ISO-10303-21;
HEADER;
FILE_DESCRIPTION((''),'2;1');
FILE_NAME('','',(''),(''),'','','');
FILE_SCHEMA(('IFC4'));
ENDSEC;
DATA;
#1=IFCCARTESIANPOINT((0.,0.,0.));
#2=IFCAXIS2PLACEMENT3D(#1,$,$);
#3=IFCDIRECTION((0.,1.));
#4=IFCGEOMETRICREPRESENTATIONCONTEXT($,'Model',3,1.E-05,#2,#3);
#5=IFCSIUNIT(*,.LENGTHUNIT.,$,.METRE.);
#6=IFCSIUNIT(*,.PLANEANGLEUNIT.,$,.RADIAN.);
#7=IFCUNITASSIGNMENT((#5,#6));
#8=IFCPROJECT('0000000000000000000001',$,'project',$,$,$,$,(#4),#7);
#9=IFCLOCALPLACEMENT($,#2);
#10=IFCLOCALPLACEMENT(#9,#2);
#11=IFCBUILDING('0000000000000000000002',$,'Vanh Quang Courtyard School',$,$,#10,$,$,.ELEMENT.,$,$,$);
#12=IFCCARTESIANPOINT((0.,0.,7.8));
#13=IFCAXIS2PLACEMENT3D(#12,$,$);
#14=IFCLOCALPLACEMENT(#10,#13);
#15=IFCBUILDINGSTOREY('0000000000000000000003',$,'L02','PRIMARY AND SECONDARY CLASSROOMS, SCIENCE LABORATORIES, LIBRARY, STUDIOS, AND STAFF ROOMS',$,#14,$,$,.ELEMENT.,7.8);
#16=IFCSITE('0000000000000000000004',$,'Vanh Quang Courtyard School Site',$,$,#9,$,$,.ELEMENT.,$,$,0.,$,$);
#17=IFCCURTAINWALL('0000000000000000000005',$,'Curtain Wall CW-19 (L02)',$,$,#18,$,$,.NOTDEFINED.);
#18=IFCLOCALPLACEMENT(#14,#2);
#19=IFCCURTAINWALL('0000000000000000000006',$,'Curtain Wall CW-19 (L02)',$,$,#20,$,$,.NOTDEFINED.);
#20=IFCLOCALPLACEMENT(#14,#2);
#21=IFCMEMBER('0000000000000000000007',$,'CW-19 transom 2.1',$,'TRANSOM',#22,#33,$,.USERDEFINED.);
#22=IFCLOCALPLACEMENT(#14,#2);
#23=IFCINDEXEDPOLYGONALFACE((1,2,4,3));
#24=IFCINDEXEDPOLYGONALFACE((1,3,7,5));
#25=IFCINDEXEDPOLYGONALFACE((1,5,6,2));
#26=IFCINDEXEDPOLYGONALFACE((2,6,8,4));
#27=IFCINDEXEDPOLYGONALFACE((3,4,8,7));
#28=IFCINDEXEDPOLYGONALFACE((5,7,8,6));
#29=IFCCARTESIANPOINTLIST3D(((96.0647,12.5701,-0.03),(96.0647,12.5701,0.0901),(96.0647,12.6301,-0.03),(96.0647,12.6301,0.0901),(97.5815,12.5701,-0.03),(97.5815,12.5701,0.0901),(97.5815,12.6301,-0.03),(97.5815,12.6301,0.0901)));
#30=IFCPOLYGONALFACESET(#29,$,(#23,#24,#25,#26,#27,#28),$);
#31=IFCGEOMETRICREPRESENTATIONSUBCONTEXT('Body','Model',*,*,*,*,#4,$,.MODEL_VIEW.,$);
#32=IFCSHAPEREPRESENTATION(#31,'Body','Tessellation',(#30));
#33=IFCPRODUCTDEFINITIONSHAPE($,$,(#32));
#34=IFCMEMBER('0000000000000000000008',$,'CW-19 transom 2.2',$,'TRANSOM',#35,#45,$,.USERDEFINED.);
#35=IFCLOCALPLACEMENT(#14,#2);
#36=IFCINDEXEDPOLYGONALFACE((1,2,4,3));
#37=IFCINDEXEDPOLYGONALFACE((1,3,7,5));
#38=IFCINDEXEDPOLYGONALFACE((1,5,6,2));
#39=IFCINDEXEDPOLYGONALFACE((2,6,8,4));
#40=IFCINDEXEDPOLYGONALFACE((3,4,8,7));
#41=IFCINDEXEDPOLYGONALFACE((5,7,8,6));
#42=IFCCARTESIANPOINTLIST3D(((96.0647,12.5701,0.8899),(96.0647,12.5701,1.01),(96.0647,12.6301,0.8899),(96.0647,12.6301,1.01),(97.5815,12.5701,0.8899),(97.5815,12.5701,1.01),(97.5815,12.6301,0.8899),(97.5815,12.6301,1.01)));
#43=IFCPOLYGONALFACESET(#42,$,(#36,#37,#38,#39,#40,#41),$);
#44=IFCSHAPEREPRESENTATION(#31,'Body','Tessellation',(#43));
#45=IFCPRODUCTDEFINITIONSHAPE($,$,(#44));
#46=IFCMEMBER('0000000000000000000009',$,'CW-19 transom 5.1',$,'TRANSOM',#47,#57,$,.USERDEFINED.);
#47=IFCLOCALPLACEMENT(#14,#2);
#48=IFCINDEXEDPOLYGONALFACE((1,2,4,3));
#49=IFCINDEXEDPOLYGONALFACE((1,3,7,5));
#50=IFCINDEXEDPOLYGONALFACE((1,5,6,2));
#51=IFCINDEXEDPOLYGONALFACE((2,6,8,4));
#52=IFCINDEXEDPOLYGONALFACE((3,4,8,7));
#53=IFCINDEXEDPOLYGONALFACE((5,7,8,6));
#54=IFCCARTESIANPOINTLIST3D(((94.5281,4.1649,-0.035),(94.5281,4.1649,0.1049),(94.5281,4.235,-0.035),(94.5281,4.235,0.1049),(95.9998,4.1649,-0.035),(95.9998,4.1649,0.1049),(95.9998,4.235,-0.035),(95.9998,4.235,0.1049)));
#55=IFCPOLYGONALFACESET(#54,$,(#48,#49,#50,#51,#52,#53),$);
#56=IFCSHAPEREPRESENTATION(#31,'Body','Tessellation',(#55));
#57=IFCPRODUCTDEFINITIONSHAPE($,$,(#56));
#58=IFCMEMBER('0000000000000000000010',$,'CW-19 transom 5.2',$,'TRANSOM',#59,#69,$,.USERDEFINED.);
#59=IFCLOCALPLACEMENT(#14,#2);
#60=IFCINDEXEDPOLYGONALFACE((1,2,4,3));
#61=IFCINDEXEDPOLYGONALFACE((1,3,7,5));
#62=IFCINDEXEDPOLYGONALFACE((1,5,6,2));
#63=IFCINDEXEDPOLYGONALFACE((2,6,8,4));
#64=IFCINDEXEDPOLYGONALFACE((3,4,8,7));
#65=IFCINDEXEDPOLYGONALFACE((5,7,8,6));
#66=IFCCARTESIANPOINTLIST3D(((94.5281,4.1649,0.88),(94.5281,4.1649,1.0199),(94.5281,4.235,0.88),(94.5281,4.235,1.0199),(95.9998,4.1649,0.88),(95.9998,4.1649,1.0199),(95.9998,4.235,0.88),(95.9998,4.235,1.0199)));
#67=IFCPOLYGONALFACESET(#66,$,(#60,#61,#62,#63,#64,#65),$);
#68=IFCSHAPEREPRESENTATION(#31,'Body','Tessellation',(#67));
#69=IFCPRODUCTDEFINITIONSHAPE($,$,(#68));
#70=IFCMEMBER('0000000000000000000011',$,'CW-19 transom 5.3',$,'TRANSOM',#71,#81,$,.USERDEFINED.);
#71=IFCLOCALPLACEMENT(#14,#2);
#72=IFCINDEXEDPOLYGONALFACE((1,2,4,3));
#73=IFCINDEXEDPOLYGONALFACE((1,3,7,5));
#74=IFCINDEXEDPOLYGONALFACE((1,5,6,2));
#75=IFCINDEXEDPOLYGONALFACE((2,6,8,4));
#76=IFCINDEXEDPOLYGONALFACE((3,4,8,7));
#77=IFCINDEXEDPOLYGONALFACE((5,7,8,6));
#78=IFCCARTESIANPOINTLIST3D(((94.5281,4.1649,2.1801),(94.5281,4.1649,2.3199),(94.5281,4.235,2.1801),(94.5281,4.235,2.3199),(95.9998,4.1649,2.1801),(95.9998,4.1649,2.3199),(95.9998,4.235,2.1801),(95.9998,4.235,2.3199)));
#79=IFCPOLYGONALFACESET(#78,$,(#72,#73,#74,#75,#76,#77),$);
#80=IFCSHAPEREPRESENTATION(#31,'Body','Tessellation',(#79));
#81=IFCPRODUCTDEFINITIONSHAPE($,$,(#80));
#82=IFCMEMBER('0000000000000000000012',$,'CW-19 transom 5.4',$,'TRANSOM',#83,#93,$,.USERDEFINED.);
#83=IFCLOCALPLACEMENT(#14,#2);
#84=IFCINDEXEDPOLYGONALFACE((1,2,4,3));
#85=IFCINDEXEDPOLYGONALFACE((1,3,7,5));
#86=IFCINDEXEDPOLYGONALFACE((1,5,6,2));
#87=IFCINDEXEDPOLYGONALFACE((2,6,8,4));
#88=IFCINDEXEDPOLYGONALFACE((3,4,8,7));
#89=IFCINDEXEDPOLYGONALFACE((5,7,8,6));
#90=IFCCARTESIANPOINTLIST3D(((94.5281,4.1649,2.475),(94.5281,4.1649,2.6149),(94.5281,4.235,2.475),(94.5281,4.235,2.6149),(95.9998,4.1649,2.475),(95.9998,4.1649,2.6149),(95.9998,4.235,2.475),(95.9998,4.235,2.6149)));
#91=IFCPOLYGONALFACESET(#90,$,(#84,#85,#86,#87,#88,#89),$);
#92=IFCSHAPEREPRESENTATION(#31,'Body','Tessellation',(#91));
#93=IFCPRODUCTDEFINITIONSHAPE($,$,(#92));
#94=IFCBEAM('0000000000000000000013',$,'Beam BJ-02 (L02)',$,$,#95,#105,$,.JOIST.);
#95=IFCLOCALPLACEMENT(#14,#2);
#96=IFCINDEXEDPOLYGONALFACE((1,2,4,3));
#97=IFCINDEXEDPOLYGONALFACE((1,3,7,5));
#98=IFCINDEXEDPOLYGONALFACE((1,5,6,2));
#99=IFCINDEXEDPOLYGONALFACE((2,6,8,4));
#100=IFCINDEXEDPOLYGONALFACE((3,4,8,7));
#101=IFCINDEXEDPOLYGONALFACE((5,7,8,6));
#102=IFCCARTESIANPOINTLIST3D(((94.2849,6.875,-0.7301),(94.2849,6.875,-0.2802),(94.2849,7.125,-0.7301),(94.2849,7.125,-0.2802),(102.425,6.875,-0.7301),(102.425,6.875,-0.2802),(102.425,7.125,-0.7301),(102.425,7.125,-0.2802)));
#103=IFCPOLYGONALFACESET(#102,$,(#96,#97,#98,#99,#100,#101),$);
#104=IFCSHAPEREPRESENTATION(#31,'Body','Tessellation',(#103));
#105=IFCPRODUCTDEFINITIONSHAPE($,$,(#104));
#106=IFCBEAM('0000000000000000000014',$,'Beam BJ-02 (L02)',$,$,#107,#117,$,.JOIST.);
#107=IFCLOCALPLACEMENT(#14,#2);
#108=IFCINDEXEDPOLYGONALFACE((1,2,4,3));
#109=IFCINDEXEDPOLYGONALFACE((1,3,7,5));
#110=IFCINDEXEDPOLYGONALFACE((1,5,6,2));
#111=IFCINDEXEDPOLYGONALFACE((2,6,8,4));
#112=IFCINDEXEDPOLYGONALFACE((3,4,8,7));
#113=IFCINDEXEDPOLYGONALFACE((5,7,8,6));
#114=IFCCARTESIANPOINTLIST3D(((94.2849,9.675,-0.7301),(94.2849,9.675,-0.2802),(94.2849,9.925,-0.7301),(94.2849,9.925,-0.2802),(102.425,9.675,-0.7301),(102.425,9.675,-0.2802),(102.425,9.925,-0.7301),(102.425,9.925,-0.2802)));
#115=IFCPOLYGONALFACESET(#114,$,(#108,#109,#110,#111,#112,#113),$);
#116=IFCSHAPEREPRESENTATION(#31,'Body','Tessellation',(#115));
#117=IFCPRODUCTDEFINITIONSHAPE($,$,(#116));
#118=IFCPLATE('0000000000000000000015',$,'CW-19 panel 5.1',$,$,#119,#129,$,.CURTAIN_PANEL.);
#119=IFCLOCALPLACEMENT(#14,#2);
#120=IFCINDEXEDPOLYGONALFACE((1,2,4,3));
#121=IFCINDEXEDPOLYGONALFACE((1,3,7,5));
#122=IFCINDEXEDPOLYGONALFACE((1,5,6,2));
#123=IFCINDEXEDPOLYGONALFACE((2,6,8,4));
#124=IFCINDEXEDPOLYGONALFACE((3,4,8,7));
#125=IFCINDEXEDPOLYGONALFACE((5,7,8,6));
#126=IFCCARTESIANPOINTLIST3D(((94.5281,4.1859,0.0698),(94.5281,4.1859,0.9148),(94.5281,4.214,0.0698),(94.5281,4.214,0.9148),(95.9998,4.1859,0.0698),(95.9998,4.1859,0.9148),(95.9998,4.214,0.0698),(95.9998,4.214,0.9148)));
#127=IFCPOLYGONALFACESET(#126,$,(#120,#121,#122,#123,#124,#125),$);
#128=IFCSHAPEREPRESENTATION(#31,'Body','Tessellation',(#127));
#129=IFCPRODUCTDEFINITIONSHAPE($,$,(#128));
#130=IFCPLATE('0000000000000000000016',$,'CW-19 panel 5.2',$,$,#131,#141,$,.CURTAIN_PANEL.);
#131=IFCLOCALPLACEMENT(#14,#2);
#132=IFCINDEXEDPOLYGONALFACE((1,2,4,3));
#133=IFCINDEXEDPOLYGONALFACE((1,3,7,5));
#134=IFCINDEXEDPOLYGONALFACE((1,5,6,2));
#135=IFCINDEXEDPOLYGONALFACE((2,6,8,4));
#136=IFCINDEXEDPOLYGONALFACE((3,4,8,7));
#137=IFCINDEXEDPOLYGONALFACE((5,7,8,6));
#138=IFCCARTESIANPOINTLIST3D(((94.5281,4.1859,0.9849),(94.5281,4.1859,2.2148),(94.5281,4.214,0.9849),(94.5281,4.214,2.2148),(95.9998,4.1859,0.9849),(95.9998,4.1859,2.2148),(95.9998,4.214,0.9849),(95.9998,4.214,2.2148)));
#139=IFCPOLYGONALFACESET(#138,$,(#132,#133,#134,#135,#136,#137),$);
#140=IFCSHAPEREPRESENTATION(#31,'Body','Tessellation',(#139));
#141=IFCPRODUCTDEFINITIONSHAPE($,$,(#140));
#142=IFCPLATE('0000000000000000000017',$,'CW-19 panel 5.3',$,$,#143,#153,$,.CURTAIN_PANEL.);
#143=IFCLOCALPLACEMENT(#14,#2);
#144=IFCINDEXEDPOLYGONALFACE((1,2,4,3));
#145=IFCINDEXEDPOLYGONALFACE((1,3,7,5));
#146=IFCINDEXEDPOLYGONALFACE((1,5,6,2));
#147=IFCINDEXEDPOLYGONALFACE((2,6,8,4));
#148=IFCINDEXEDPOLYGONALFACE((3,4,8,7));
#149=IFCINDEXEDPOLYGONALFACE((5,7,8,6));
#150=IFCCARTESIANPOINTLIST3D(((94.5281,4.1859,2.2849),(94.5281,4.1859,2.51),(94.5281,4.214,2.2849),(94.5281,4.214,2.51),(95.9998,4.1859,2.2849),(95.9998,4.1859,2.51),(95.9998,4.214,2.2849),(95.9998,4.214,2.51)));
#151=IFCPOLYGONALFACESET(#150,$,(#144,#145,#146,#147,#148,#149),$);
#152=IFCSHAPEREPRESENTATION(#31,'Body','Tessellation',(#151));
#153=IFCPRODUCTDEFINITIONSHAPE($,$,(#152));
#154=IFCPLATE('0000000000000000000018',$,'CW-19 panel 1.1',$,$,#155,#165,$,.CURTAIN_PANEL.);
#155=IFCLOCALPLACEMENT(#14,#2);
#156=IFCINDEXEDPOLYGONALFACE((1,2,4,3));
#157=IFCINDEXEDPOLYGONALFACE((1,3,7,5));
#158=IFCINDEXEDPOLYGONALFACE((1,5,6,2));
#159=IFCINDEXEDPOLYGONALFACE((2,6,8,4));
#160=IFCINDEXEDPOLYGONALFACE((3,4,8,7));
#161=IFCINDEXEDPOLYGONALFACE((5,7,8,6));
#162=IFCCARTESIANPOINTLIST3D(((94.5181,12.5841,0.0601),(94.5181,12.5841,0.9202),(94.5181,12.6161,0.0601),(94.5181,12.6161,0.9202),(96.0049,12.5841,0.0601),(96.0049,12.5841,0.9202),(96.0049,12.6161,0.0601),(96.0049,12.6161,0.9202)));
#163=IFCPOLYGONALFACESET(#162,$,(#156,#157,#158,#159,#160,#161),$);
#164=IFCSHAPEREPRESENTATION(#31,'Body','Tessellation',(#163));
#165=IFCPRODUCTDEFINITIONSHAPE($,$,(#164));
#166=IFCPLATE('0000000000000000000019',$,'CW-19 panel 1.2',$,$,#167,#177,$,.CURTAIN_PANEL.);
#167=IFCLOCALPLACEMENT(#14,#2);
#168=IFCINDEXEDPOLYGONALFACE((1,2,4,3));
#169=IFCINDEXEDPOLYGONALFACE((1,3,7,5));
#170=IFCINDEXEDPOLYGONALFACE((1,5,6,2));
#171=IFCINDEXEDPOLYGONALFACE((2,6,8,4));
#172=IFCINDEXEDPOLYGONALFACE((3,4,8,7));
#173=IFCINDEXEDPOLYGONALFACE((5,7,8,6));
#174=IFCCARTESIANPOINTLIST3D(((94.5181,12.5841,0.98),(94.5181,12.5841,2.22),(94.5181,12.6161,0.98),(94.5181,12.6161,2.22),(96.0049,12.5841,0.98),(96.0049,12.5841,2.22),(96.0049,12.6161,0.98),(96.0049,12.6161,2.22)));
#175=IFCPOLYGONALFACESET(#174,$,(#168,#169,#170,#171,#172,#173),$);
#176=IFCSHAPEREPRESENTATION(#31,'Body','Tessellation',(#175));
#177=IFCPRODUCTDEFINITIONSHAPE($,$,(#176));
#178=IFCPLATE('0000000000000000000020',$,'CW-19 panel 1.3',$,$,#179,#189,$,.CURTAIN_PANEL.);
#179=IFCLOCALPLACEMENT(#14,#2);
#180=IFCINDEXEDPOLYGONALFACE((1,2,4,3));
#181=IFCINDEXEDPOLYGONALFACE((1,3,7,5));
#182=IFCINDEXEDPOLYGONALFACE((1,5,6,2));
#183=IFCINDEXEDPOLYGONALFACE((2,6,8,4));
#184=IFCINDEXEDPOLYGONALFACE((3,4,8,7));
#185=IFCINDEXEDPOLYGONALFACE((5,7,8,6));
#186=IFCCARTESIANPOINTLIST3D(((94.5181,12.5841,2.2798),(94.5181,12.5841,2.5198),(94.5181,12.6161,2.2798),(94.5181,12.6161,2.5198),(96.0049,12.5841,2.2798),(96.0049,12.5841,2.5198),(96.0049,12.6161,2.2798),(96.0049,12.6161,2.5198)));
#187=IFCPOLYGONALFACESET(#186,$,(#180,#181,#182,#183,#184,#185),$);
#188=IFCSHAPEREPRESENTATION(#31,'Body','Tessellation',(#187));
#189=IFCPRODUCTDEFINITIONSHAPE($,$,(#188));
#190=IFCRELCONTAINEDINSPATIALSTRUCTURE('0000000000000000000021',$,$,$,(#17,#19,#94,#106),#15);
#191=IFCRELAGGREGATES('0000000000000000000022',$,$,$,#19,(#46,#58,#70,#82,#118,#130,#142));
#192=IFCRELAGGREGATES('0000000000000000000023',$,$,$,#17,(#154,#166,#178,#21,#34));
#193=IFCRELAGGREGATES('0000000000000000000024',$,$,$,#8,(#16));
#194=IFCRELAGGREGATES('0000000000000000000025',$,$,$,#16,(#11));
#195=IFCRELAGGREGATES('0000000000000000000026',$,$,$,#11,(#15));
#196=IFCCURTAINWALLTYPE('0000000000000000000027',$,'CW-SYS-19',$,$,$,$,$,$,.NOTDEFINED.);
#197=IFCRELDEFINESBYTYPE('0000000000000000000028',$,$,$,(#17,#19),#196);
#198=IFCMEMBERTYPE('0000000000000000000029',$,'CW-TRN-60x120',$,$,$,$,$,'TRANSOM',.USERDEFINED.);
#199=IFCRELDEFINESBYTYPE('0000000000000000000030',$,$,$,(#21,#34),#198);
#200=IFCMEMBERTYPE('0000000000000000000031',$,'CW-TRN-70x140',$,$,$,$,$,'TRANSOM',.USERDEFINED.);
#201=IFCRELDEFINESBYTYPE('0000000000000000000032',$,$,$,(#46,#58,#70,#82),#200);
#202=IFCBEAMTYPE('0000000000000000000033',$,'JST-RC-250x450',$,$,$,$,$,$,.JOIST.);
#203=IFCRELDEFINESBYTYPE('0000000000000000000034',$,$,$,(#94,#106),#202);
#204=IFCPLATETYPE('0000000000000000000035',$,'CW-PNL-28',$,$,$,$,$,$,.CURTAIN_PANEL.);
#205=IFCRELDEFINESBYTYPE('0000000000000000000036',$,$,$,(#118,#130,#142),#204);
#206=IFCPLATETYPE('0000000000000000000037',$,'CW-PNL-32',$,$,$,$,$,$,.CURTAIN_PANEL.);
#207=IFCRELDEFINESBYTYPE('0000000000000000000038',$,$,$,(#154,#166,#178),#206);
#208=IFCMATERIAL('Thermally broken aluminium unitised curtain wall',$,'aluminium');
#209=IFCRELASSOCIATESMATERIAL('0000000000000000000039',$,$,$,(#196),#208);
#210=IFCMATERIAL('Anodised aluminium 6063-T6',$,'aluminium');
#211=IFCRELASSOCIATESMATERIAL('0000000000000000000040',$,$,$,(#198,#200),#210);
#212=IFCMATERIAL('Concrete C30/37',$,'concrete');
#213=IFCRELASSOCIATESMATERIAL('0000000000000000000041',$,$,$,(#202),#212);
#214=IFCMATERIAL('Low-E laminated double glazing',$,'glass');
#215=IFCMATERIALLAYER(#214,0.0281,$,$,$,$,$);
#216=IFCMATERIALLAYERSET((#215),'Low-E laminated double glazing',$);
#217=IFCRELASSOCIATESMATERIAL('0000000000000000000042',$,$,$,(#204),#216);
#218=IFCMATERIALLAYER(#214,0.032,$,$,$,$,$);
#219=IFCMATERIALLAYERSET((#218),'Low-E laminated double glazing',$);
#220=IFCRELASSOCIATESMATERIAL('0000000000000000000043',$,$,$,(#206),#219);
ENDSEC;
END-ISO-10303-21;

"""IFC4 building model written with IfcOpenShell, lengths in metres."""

from ifc_helpers import new_model, si_unit, direction, frame, origin, origin_2d, place, context, subcontext, project, spatial, rectangle, extrude, material, layer, layer_set, material_profile, profile_set, type_object, element, aggregate, save


model = new_model("IFC4")

# Units and contexts
model_context = context("Model", 3, precision=1e-05, world=origin(), true_north=direction((0.0, 1.0)))
body_context = subcontext(model_context, "Body", "Model", "MODEL_VIEW")
ifc_project = project(units=[si_unit("LENGTHUNIT", "METRE"), si_unit("PLANEANGLEUNIT", "RADIAN")], contexts=[model_context])

# Site, building, storey
site_placement = place(None, origin())
site = spatial("IfcSite", under=ifc_project, at=site_placement, Name="Vanh Quang Courtyard School Site", CompositionType="ELEMENT", RefElevation=0.0)
building_placement = place(site_placement, origin())
building = spatial("IfcBuilding", under=site, at=building_placement, Name="Vanh Quang Courtyard School", CompositionType="ELEMENT")
storey_placement = place(building_placement, frame((0.0, 0.0, 7.8)))
storey = spatial("IfcBuildingStorey", under=building, at=storey_placement, Name="L02", Description="PRIMARY AND SECONDARY CLASSROOMS, SCIENCE LABORATORIES, LIBRARY, STUDIOS, AND STAFF ROOMS", CompositionType="ELEMENT", Elevation=7.8)

# Curtain walls
ifc_material_1 = material(Name="Thermally broken aluminium unitised curtain wall", Category="aluminium")
curtain_wall_type = type_object("IfcCurtainWallType", Name="CW-SYS-19", PredefinedType="NOTDEFINED", material=ifc_material_1)
curtain_wall_1_placement = place(storey_placement, origin())
curtain_wall_1 = element("IfcCurtainWall", 1, at=curtain_wall_1_placement, inside=storey, type_object=curtain_wall_type, Name="Curtain Wall CW-19 (L02)", PredefinedType="NOTDEFINED")
ifc_material_2 = material(Name="Anodised aluminium 6063-T6", Category="aluminium")
curtain_wall_2_placement = place(storey_placement, origin())
curtain_wall_2 = element("IfcCurtainWall", 2, at=curtain_wall_2_placement, inside=storey, type_object=curtain_wall_type, Name="Curtain Wall CW-19 (L02)", PredefinedType="NOTDEFINED")

# Members
ifc_material_profile_1 = material_profile(ifc_material_2, rectangle(XDim=0.0601, YDim=0.1201, at=origin_2d()), Name="ALU-TRN 60x120")
ifc_profile_set_1 = profile_set([ifc_material_profile_1], Name="Anodised aluminium 6063-T6")
member_type_1 = type_object("IfcMemberType", Name="CW-TRN-60x120", ElementType="TRANSOM", PredefinedType="USERDEFINED", material=ifc_profile_set_1)
member_1_placement = place(storey_placement, frame((96.0647, 12.6001, 0.03), z_axis=(1.0, 0.0, 0.0), x_axis=(0.0, 1.0, 0.0)))
member_1 = element("IfcMember", 3, at=member_1_placement, type_object=member_type_1, Name="CW-19 transom 2.1", ObjectType="TRANSOM", PredefinedType="USERDEFINED", context=body_context, shape_type="SweptSolid", body=[
    extrude(rectangle(XDim=0.0601, YDim=0.1201, at=origin_2d()), origin(), (0.0, 0.0, 1.0), 1.5168),
])
member_2_placement = place(storey_placement, frame((96.0647, 12.6001, 0.95), z_axis=(1.0, 0.0, 0.0), x_axis=(0.0, 1.0, 0.0)))
member_2 = element("IfcMember", 4, at=member_2_placement, type_object=member_type_1, Name="CW-19 transom 2.2", ObjectType="TRANSOM", PredefinedType="USERDEFINED", context=body_context, shape_type="SweptSolid", body=[
    extrude(rectangle(XDim=0.0601, YDim=0.1201, at=origin_2d()), origin(), (0.0, 0.0, 1.0), 1.5168),
])
ifc_material_profile_2 = material_profile(ifc_material_2, rectangle(XDim=0.0701, YDim=0.1399, at=origin_2d()), Name="ALU-TRN 70x140")
ifc_profile_set_2 = profile_set([ifc_material_profile_2], Name="Anodised aluminium 6063-T6")
member_type_2 = type_object("IfcMemberType", Name="CW-TRN-70x140", ElementType="TRANSOM", PredefinedType="USERDEFINED", material=ifc_profile_set_2)
member_3_placement = place(storey_placement, frame((95.9998, 4.2, 0.0349), z_axis=(-1.0, 0.0, 0.0), x_axis=(0.0, -1.0, 0.0)))
member_3 = element("IfcMember", 5, at=member_3_placement, type_object=member_type_2, Name="CW-19 transom 5.1", ObjectType="TRANSOM", PredefinedType="USERDEFINED", context=body_context, shape_type="SweptSolid", body=[
    extrude(rectangle(XDim=0.0701, YDim=0.1399, at=origin_2d()), origin(), (0.0, 0.0, 1.0), 1.4717),
])
member_4_placement = place(storey_placement, frame((95.9998, 4.2, 0.95), z_axis=(-1.0, 0.0, 0.0), x_axis=(0.0, -1.0, 0.0)))
member_4 = element("IfcMember", 6, at=member_4_placement, type_object=member_type_2, Name="CW-19 transom 5.2", ObjectType="TRANSOM", PredefinedType="USERDEFINED", context=body_context, shape_type="SweptSolid", body=[
    extrude(rectangle(XDim=0.0701, YDim=0.1399, at=origin_2d()), origin(), (0.0, 0.0, 1.0), 1.4717),
])
member_5_placement = place(storey_placement, frame((95.9998, 4.2, 2.25), z_axis=(-1.0, 0.0, 0.0), x_axis=(0.0, -1.0, 0.0)))
member_5 = element("IfcMember", 7, at=member_5_placement, type_object=member_type_2, Name="CW-19 transom 5.3", ObjectType="TRANSOM", PredefinedType="USERDEFINED", context=body_context, shape_type="SweptSolid", body=[
    extrude(rectangle(XDim=0.0701, YDim=0.1399, at=origin_2d()), origin(), (0.0, 0.0, 1.0), 1.4717),
])
member_6_placement = place(storey_placement, frame((95.9998, 4.2, 2.5449), z_axis=(-1.0, 0.0, 0.0), x_axis=(0.0, -1.0, 0.0)))
member_6 = element("IfcMember", 8, at=member_6_placement, type_object=member_type_2, Name="CW-19 transom 5.4", ObjectType="TRANSOM", PredefinedType="USERDEFINED", context=body_context, shape_type="SweptSolid", body=[
    extrude(rectangle(XDim=0.0701, YDim=0.1399, at=origin_2d()), origin(), (0.0, 0.0, 1.0), 1.4717),
])

# Beams
ifc_material_3 = material(Name="Concrete C30/37", Category="concrete")
ifc_material_profile_3 = material_profile(ifc_material_3, rectangle(XDim=0.25, YDim=0.45, at=origin_2d()), Name="RC-JST 250x450")
ifc_profile_set_3 = profile_set([ifc_material_profile_3], Name="Concrete C30/37")
beam_type_1 = type_object("IfcBeamType", Name="JST-RC-250x450", PredefinedType="JOIST", material=ifc_profile_set_3)
for number, where, z_axis, x_axis, name in (
    (9, (94.2849, 7.0, -0.5051), (1.0, 0.0, 0.0), (0.0, 1.0, 0.0), "Beam BJ-02 (L02)"),
    (10, (94.2849, 9.8, -0.5051), (1.0, 0.0, 0.0), (0.0, 1.0, 0.0), "Beam BJ-02 (L02)"),
):
    element("IfcBeam", number, at=place(storey_placement, frame(where, z_axis=z_axis, x_axis=x_axis)), inside=storey, type_object=beam_type_1, Name=name, PredefinedType="JOIST", context=body_context, shape_type="SweptSolid", body=[
        extrude(rectangle(XDim=0.25, YDim=0.45, at=origin_2d()), origin(), (0.0, 0.0, 1.0), 8.1401),
    ])

# Plates
ifc_material_4 = material(Name="Low-E laminated double glazing", Category="glass")
ifc_layer_1 = layer(ifc_material_4, 0.0281)
ifc_layer_set_1 = layer_set([ifc_layer_1], Name="Low-E laminated double glazing")
plate_type_1 = type_object("IfcPlateType", Name="CW-PNL-28", PredefinedType="CURTAIN_PANEL", material=ifc_layer_set_1)
plate_1_placement = place(storey_placement, frame((95.2639, 4.2, 0.0698), z_axis=(0.0, 0.0, 1.0), x_axis=(-1.0, 0.0, 0.0)))
plate_1 = element("IfcPlate", 11, at=plate_1_placement, type_object=plate_type_1, Name="CW-19 panel 5.1", PredefinedType="CURTAIN_PANEL", context=body_context, shape_type="SweptSolid", body=[
    extrude(rectangle(XDim=1.4717, YDim=0.0281, at=origin_2d()), origin(), (0.0, 0.0, 1.0), 0.845),
])
plate_2_placement = place(storey_placement, frame((95.2639, 4.2, 0.9849), z_axis=(0.0, 0.0, 1.0), x_axis=(-1.0, 0.0, 0.0)))
plate_2 = element("IfcPlate", 12, at=plate_2_placement, type_object=plate_type_1, Name="CW-19 panel 5.2", PredefinedType="CURTAIN_PANEL", context=body_context, shape_type="SweptSolid", body=[
    extrude(rectangle(XDim=1.4717, YDim=0.0281, at=origin_2d()), origin(), (0.0, 0.0, 1.0), 1.23),
])
plate_3_placement = place(storey_placement, frame((95.2639, 4.2, 2.2849), z_axis=(0.0, 0.0, 1.0), x_axis=(-1.0, 0.0, 0.0)))
plate_3 = element("IfcPlate", 13, at=plate_3_placement, type_object=plate_type_1, Name="CW-19 panel 5.3", PredefinedType="CURTAIN_PANEL", context=body_context, shape_type="SweptSolid", body=[
    extrude(rectangle(XDim=1.4717, YDim=0.0281, at=origin_2d()), origin(), (0.0, 0.0, 1.0), 0.2251),
])
aggregate(curtain_wall_2, [member_3, member_4, member_5, member_6, plate_1, plate_2, plate_3])
ifc_layer_2 = layer(ifc_material_4, 0.032)
ifc_layer_set_2 = layer_set([ifc_layer_2], Name="Low-E laminated double glazing")
plate_type_2 = type_object("IfcPlateType", Name="CW-PNL-32", PredefinedType="CURTAIN_PANEL", material=ifc_layer_set_2)
plate_4_placement = place(storey_placement, frame((95.2615, 12.6001, 0.0601), z_axis=(0.0, 0.0, 1.0), x_axis=(1.0, 0.0, 0.0)))
plate_4 = element("IfcPlate", 14, at=plate_4_placement, type_object=plate_type_2, Name="CW-19 panel 1.1", PredefinedType="CURTAIN_PANEL", context=body_context, shape_type="SweptSolid", body=[
    extrude(rectangle(XDim=1.4868, YDim=0.032, at=origin_2d()), origin(), (0.0, 0.0, 1.0), 0.8601),
])
plate_5_placement = place(storey_placement, frame((95.2615, 12.6001, 0.98), z_axis=(0.0, 0.0, 1.0), x_axis=(1.0, 0.0, 0.0)))
plate_5 = element("IfcPlate", 15, at=plate_5_placement, type_object=plate_type_2, Name="CW-19 panel 1.2", PredefinedType="CURTAIN_PANEL", context=body_context, shape_type="SweptSolid", body=[
    extrude(rectangle(XDim=1.4868, YDim=0.032, at=origin_2d()), origin(), (0.0, 0.0, 1.0), 1.24),
])
plate_6_placement = place(storey_placement, frame((95.2615, 12.6001, 2.2798), z_axis=(0.0, 0.0, 1.0), x_axis=(1.0, 0.0, 0.0)))
plate_6 = element("IfcPlate", 16, at=plate_6_placement, type_object=plate_type_2, Name="CW-19 panel 1.3", PredefinedType="CURTAIN_PANEL", context=body_context, shape_type="SweptSolid", body=[
    extrude(rectangle(XDim=1.4868, YDim=0.032, at=origin_2d()), origin(), (0.0, 0.0, 1.0), 0.24),
])
aggregate(curtain_wall_1, [plate_4, plate_5, plate_6, member_1, member_2])

save(model, "model.ifc")
